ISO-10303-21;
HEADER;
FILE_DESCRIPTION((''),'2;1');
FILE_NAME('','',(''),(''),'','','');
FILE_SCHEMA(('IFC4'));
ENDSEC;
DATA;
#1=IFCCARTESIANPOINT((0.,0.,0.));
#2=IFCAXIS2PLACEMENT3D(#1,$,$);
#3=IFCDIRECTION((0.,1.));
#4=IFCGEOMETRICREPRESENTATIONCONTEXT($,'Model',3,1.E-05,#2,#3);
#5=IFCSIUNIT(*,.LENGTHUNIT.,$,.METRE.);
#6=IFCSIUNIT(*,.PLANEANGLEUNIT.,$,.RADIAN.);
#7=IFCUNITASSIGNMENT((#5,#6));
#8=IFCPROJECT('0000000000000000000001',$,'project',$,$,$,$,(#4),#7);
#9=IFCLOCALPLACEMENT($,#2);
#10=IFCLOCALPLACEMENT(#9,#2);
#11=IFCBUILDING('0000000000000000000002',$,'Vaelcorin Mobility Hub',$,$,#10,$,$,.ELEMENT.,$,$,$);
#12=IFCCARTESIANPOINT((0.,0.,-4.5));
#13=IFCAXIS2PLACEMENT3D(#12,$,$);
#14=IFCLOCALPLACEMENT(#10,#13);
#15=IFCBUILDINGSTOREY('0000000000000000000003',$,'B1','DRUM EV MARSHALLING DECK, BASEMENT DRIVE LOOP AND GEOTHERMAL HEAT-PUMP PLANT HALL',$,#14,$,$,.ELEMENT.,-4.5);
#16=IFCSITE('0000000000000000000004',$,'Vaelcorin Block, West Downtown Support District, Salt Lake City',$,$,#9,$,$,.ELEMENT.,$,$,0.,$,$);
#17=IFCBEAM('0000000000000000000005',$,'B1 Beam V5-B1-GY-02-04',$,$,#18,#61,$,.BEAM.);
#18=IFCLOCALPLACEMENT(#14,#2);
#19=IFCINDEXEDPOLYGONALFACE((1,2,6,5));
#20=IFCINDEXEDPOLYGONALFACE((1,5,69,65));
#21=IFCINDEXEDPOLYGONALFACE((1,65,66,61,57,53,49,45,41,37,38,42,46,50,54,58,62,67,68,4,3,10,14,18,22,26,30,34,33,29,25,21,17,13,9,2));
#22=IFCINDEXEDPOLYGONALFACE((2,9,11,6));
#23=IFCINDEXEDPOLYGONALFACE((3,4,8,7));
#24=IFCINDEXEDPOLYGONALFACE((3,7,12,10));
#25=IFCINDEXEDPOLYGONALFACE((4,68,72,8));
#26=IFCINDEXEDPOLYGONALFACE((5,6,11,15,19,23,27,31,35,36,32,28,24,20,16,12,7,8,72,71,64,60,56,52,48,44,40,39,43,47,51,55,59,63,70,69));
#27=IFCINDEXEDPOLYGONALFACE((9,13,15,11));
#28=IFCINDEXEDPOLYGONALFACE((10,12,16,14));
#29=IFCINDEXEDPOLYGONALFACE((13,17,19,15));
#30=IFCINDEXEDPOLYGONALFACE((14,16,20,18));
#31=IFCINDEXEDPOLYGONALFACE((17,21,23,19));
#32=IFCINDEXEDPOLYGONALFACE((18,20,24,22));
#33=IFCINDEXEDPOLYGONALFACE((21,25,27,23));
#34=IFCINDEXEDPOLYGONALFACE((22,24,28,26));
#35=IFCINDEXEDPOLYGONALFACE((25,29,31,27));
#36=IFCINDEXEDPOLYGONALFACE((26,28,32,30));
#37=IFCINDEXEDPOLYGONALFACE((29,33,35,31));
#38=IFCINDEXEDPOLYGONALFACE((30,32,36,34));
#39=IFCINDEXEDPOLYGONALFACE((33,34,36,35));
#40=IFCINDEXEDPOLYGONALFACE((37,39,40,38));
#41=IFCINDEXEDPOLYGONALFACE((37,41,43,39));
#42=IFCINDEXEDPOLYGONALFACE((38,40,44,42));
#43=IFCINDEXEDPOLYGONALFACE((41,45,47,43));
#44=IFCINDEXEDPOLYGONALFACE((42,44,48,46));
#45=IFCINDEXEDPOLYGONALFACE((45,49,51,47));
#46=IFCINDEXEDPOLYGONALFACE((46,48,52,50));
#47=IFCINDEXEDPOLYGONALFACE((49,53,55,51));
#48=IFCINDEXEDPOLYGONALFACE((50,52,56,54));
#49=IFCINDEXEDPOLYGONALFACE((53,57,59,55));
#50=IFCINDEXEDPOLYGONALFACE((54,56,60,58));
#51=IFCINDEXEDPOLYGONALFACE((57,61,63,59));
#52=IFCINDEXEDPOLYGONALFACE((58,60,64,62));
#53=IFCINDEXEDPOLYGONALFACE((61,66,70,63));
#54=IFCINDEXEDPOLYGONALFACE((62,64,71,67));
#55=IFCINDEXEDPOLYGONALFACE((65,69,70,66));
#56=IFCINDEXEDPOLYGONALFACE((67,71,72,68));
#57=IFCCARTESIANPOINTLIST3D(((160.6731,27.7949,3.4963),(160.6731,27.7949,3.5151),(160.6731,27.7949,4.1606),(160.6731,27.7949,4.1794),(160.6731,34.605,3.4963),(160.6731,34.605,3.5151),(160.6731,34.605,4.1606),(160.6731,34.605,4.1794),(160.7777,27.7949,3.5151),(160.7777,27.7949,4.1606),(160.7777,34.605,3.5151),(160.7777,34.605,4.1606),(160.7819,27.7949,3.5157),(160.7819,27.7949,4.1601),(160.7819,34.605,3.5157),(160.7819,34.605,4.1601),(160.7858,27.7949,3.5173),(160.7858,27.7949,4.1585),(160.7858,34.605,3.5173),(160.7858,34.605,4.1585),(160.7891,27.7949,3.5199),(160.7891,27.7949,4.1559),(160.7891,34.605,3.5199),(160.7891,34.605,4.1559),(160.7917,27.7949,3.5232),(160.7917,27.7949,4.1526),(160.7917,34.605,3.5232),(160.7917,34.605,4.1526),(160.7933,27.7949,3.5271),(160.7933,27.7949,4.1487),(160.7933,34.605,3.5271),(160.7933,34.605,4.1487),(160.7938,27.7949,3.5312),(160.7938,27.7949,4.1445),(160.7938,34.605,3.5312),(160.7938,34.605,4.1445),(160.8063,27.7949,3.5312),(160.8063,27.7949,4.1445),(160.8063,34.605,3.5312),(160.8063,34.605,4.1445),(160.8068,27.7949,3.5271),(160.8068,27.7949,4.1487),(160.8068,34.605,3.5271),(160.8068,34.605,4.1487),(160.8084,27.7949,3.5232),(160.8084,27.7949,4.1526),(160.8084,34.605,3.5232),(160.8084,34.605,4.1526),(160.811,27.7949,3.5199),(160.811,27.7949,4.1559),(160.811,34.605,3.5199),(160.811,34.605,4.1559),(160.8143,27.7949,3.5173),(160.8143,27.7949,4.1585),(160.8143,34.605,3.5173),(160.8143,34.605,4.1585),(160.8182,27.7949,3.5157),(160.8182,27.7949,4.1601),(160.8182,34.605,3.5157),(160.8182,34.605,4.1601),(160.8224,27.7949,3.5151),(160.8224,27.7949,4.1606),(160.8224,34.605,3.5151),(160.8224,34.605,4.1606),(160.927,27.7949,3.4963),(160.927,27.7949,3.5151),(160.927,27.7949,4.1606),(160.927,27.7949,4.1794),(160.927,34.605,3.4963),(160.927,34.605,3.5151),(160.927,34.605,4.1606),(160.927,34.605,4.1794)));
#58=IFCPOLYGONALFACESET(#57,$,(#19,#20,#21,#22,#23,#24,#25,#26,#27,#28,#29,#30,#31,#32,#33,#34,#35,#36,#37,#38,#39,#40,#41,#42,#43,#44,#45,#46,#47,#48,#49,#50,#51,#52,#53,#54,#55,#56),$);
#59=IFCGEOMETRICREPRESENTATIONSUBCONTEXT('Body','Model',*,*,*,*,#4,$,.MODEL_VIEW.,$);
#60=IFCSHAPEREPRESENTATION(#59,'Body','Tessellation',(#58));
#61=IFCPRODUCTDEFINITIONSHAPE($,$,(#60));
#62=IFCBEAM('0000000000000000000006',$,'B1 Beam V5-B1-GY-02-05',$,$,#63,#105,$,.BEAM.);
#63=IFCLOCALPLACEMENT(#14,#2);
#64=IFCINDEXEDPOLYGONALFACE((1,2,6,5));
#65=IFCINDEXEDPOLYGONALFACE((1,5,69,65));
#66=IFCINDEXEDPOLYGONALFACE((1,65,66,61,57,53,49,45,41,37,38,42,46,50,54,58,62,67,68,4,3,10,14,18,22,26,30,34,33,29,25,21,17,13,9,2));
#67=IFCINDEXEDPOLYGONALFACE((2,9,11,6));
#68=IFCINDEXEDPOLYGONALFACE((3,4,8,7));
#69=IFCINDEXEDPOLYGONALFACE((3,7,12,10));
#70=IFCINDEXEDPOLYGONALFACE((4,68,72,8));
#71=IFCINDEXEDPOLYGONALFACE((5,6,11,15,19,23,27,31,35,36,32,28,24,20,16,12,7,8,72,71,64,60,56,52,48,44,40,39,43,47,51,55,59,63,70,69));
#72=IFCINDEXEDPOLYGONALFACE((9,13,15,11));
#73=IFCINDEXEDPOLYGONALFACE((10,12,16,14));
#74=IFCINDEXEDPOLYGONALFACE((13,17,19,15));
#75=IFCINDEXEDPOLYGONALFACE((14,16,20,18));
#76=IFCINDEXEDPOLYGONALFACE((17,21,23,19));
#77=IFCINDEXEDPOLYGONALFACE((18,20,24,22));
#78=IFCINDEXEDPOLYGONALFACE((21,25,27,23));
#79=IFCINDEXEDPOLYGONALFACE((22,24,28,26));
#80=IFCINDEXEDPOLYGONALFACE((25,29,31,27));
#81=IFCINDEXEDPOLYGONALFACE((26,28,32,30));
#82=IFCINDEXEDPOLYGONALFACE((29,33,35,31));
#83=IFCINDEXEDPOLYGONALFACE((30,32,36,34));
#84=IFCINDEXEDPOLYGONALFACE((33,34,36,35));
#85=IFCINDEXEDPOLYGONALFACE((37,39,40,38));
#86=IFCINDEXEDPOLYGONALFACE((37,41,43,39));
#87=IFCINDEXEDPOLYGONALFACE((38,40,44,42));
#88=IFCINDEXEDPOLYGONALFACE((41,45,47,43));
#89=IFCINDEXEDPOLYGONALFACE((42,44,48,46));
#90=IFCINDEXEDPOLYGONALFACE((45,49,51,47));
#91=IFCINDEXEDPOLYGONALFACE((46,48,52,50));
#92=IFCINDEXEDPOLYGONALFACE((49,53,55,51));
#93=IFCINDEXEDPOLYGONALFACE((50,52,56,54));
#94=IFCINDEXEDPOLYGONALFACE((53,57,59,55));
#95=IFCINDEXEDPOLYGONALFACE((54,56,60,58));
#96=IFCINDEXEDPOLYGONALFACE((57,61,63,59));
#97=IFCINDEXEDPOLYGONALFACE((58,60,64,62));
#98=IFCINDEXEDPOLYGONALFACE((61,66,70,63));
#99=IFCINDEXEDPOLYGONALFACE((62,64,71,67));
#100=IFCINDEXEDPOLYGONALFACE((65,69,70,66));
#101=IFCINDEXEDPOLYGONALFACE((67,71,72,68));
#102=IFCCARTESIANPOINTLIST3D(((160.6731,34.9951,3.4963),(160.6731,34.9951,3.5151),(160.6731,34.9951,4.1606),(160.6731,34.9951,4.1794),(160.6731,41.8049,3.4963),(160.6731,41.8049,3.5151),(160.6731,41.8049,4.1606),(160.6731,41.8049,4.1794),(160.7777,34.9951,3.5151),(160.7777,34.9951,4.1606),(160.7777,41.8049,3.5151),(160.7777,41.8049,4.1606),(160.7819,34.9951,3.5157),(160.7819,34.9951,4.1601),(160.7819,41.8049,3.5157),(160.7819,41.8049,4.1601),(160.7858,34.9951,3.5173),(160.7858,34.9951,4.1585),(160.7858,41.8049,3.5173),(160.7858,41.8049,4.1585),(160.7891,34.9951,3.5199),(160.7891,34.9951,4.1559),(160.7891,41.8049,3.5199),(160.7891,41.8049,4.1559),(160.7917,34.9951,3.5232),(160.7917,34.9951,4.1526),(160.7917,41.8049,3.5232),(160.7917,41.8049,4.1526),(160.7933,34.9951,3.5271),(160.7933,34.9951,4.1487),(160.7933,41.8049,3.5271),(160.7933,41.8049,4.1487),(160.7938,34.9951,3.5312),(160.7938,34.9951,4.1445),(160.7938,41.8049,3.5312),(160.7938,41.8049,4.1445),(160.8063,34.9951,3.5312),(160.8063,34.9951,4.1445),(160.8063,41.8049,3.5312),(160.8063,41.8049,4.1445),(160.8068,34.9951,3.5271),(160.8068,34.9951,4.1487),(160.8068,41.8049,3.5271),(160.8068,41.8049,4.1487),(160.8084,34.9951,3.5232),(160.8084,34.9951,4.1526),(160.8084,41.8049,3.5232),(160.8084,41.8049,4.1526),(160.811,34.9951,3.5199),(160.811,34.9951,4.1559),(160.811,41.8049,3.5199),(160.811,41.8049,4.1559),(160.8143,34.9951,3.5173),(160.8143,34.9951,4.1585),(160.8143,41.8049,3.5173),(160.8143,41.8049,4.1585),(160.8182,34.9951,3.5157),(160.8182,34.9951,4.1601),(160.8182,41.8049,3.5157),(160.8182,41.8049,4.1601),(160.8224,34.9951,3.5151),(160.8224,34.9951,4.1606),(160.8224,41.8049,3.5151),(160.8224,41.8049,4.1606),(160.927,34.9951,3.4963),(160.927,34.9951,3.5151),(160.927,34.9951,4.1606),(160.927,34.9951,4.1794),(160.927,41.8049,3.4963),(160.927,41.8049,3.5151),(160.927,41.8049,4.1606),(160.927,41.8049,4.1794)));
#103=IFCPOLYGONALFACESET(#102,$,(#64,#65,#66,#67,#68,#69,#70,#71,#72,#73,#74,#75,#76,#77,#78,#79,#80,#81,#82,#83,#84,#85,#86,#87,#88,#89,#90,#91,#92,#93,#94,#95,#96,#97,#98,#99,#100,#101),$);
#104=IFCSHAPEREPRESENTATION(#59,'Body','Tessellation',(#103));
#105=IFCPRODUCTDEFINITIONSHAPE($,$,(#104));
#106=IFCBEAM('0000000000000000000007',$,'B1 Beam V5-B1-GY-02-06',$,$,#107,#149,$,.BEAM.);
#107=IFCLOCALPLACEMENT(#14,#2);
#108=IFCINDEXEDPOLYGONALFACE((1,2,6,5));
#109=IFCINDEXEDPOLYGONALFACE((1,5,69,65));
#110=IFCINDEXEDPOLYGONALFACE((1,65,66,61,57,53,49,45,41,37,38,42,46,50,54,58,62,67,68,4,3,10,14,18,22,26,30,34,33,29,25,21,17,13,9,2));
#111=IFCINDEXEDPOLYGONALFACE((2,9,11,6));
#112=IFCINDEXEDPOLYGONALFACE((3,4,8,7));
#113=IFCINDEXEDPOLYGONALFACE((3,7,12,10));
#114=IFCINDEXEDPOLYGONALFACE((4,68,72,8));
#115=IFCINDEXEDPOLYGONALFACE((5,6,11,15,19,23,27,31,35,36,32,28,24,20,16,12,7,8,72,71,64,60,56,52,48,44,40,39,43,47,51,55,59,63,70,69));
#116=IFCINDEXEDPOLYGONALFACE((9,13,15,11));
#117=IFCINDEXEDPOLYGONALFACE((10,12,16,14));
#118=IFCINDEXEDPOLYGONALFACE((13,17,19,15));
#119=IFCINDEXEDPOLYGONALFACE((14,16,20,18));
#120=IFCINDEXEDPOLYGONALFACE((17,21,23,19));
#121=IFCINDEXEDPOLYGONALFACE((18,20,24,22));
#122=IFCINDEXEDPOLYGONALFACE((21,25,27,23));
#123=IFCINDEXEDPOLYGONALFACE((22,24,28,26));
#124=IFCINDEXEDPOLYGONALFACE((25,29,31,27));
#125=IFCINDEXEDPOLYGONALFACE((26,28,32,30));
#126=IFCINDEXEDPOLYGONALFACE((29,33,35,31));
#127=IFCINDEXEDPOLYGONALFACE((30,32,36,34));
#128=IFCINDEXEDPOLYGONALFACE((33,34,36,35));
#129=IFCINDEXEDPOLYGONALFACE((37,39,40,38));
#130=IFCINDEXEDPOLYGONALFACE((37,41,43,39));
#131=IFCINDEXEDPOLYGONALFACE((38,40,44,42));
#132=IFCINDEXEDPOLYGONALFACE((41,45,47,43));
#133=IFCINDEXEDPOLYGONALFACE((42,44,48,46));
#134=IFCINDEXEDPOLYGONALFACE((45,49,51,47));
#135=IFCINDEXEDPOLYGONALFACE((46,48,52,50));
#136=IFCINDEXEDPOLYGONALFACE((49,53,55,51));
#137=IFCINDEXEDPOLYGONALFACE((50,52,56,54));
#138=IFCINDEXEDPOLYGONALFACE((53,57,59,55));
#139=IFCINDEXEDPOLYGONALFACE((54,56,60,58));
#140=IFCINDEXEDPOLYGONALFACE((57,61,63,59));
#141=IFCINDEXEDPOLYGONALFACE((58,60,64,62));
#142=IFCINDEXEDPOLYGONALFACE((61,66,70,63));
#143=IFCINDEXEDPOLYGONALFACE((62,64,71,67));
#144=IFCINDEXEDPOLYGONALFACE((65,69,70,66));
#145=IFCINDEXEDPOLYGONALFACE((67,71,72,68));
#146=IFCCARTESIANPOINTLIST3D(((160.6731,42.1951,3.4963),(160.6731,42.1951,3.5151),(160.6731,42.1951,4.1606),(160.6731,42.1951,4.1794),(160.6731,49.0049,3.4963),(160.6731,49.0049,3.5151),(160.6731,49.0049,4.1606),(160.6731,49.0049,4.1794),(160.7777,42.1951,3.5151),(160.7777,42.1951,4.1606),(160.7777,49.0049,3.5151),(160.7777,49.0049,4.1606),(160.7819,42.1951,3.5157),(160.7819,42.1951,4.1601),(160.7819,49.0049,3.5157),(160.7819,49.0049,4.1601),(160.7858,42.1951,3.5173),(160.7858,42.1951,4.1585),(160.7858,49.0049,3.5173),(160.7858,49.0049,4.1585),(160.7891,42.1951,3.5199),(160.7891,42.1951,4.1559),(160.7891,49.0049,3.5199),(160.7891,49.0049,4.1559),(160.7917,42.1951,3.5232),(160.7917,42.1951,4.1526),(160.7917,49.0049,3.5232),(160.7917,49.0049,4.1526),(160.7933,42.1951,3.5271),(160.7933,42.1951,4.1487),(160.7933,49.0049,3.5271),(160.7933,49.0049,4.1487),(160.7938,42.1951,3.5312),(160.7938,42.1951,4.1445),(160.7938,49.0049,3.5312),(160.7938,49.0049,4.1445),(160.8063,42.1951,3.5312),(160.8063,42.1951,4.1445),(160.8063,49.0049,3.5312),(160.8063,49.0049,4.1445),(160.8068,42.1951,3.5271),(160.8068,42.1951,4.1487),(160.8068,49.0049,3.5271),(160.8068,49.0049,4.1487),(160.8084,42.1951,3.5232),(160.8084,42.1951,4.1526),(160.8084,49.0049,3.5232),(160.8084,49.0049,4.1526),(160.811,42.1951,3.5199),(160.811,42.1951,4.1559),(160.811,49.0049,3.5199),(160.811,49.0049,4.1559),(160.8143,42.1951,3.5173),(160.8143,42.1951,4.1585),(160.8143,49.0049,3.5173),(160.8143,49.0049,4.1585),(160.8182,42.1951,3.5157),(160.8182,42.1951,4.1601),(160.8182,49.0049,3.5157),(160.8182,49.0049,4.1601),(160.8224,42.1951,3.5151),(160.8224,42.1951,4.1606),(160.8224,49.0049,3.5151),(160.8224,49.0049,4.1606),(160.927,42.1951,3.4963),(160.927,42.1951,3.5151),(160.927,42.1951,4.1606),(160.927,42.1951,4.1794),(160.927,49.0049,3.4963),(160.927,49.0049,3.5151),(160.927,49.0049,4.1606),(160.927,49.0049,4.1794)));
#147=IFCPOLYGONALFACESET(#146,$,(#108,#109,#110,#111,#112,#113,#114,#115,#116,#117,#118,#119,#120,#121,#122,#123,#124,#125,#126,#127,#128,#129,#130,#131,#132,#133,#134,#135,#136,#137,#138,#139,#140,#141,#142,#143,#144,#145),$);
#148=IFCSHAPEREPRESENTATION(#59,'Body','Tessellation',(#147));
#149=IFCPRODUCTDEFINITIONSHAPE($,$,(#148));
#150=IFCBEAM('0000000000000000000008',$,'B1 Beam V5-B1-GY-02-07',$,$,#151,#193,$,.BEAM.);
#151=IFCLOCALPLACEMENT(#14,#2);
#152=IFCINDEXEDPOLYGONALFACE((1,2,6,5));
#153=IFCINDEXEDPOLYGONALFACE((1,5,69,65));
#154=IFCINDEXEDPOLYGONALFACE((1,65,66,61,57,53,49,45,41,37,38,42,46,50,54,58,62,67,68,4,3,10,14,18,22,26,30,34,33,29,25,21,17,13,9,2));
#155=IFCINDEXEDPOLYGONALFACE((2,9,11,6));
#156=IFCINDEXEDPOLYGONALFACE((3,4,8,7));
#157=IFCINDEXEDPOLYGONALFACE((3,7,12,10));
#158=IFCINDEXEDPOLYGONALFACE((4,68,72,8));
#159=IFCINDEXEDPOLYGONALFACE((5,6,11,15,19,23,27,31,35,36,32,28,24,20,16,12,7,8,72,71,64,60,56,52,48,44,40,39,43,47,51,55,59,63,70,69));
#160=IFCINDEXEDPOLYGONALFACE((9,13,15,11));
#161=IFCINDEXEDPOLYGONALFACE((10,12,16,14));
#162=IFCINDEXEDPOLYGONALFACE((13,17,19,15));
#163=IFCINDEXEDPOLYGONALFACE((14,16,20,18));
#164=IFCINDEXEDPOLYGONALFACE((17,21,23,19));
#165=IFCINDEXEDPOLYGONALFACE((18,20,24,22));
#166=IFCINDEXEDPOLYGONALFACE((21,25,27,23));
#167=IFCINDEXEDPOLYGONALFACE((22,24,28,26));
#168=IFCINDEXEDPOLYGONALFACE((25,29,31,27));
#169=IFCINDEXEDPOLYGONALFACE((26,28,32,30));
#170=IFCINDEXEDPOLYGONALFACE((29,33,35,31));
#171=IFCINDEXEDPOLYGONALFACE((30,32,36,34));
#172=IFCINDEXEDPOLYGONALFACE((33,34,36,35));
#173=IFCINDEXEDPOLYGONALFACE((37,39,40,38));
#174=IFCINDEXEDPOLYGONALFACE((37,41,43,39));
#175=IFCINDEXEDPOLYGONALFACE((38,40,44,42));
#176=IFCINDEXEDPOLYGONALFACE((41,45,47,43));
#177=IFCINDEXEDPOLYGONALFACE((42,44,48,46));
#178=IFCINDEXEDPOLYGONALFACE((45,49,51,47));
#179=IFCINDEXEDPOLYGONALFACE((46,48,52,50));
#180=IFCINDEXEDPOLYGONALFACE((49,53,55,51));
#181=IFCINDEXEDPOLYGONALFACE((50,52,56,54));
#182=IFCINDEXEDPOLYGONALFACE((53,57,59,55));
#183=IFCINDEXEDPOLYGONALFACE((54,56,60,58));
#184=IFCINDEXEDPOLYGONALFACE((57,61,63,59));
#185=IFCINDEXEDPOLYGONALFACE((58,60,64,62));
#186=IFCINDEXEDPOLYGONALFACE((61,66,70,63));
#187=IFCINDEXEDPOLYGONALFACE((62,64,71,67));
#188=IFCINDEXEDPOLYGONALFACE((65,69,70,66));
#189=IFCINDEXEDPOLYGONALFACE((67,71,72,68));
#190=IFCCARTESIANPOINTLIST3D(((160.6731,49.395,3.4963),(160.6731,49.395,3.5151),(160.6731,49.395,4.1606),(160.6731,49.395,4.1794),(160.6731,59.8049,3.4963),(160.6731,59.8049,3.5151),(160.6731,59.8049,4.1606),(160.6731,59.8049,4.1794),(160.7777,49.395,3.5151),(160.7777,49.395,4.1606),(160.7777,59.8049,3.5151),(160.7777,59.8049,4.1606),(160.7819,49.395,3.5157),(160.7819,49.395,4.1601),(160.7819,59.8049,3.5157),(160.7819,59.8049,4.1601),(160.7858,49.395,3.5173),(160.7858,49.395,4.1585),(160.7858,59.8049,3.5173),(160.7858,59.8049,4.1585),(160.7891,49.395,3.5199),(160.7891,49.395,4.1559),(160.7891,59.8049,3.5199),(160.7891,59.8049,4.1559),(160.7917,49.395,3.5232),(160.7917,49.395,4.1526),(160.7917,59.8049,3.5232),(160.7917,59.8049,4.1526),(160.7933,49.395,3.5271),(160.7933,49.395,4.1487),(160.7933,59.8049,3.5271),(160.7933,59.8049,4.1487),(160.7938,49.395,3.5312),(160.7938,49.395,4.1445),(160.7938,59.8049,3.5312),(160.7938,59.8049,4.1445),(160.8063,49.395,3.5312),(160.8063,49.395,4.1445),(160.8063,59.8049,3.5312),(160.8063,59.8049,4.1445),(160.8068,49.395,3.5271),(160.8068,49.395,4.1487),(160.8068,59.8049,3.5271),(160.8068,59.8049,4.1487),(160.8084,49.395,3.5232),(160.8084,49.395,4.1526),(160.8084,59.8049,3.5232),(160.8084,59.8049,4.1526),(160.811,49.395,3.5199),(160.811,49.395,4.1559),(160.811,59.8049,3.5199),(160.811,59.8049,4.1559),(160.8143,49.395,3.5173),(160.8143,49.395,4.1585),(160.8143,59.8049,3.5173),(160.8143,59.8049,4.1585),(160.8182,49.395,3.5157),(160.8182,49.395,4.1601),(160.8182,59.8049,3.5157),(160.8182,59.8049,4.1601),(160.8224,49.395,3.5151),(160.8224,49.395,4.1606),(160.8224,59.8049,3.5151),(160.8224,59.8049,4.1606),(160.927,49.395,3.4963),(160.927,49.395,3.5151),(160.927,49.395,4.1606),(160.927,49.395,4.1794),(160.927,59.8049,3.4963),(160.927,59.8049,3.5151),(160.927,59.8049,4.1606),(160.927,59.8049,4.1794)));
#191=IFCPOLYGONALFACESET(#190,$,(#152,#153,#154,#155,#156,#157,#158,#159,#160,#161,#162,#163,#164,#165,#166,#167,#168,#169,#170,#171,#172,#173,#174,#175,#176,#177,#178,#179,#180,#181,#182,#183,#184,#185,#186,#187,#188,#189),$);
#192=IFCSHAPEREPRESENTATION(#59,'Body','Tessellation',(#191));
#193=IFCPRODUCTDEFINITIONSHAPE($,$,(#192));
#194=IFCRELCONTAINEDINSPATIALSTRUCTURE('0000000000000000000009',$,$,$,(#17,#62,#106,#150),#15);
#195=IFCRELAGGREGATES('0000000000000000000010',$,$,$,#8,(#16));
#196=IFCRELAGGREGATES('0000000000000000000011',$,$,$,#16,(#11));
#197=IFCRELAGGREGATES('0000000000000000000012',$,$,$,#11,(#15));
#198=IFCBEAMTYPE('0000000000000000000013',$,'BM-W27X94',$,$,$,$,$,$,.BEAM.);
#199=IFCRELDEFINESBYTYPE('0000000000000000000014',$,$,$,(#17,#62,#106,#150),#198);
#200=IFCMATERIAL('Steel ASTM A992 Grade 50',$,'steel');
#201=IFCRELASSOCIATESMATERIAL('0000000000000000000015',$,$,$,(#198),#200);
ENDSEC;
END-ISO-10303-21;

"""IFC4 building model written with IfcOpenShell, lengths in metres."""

from ifc_helpers import new_model, si_unit, direction, frame, origin, origin_2d, place, context, subcontext, project, spatial, i_section, extrude, material, material_profile, profile_set, type_object, element, save


model = new_model("IFC4")

# Units and contexts
model_context = context("Model", 3, precision=1e-05, world=origin(), true_north=direction((0.0, 1.0)))
body_context = subcontext(model_context, "Body", "Model", "MODEL_VIEW")
ifc_project = project(units=[si_unit("LENGTHUNIT", "METRE"), si_unit("PLANEANGLEUNIT", "RADIAN")], contexts=[model_context])

# Site, building, storey
site_placement = place(None, origin())
site = spatial("IfcSite", under=ifc_project, at=site_placement, Name="Vaelcorin Block, West Downtown Support District, Salt Lake City", CompositionType="ELEMENT", RefElevation=0.0)
building_placement = place(site_placement, origin())
building = spatial("IfcBuilding", under=site, at=building_placement, Name="Vaelcorin Mobility Hub", CompositionType="ELEMENT")
storey_placement = place(building_placement, frame((0.0, 0.0, -4.5)))
storey = spatial("IfcBuildingStorey", under=building, at=storey_placement, Name="B1", Description="DRUM EV MARSHALLING DECK, BASEMENT DRIVE LOOP AND GEOTHERMAL HEAT-PUMP PLANT HALL", CompositionType="ELEMENT", Elevation=-4.5)

# Shared definitions
ifc_material_1 = material(Name="Steel ASTM A992 Grade 50", Category="steel")

# Beams
ifc_material_profile_1 = material_profile(ifc_material_1, i_section(OverallWidth=0.2539, OverallDepth=0.6831, WebThickness=0.0125, FlangeThickness=0.0188, FilletRadius=0.0161, at=origin_2d()), Name="W27X94")
ifc_profile_set_1 = profile_set([ifc_material_profile_1], Name="Steel ASTM A992 Grade 50")
beam_type_1 = type_object("IfcBeamType", Name="BM-W27X94", PredefinedType="BEAM", material=ifc_profile_set_1)
for number, where, z_axis, x_axis, name in (
    (1, (160.8, 27.7949, 3.8379), (0.0, 1.0, 0.0), (-1.0, 0.0, 0.0), "B1 Beam V5-B1-GY-02-04"),
):
    element("IfcBeam", number, at=place(storey_placement, frame(where, z_axis=z_axis, x_axis=x_axis)), inside=storey, type_object=beam_type_1, Name=name, PredefinedType="BEAM", context=body_context, shape_type="SweptSolid", body=[
        extrude(i_section(OverallWidth=0.2539, OverallDepth=0.6831, WebThickness=0.0125, FlangeThickness=0.0188, FilletRadius=0.0161, at=origin_2d()), origin(), (0.0, 0.0, 1.0), 6.8101),
    ])
for number, where, z_axis, x_axis, name in (
    (2, (160.8, 34.9951, 3.8379), (0.0, 1.0, 0.0), (-1.0, 0.0, 0.0), "B1 Beam V5-B1-GY-02-05"),
    (3, (160.8, 42.1951, 3.8379), (0.0, 1.0, 0.0), (-1.0, 0.0, 0.0), "B1 Beam V5-B1-GY-02-06"),
):
    element("IfcBeam", number, at=place(storey_placement, frame(where, z_axis=z_axis, x_axis=x_axis)), inside=storey, type_object=beam_type_1, Name=name, PredefinedType="BEAM", context=body_context, shape_type="SweptSolid", body=[
        extrude(i_section(OverallWidth=0.2539, OverallDepth=0.6831, WebThickness=0.0125, FlangeThickness=0.0188, FilletRadius=0.0161, at=origin_2d()), origin(), (0.0, 0.0, 1.0), 6.8098),
    ])
beam_1_placement = place(storey_placement, frame((160.8, 49.395, 3.8379), z_axis=(0.0, 1.0, 0.0), x_axis=(-1.0, 0.0, 0.0)))
element("IfcBeam", 4, at=beam_1_placement, inside=storey, type_object=beam_type_1, Name="B1 Beam V5-B1-GY-02-07", PredefinedType="BEAM", context=body_context, shape_type="SweptSolid", body=[
    extrude(i_section(OverallWidth=0.2539, OverallDepth=0.6831, WebThickness=0.0125, FlangeThickness=0.0188, FilletRadius=0.0161, at=origin_2d()), origin(), (0.0, 0.0, 1.0), 10.4099),
])

save(model, "model.ifc")
